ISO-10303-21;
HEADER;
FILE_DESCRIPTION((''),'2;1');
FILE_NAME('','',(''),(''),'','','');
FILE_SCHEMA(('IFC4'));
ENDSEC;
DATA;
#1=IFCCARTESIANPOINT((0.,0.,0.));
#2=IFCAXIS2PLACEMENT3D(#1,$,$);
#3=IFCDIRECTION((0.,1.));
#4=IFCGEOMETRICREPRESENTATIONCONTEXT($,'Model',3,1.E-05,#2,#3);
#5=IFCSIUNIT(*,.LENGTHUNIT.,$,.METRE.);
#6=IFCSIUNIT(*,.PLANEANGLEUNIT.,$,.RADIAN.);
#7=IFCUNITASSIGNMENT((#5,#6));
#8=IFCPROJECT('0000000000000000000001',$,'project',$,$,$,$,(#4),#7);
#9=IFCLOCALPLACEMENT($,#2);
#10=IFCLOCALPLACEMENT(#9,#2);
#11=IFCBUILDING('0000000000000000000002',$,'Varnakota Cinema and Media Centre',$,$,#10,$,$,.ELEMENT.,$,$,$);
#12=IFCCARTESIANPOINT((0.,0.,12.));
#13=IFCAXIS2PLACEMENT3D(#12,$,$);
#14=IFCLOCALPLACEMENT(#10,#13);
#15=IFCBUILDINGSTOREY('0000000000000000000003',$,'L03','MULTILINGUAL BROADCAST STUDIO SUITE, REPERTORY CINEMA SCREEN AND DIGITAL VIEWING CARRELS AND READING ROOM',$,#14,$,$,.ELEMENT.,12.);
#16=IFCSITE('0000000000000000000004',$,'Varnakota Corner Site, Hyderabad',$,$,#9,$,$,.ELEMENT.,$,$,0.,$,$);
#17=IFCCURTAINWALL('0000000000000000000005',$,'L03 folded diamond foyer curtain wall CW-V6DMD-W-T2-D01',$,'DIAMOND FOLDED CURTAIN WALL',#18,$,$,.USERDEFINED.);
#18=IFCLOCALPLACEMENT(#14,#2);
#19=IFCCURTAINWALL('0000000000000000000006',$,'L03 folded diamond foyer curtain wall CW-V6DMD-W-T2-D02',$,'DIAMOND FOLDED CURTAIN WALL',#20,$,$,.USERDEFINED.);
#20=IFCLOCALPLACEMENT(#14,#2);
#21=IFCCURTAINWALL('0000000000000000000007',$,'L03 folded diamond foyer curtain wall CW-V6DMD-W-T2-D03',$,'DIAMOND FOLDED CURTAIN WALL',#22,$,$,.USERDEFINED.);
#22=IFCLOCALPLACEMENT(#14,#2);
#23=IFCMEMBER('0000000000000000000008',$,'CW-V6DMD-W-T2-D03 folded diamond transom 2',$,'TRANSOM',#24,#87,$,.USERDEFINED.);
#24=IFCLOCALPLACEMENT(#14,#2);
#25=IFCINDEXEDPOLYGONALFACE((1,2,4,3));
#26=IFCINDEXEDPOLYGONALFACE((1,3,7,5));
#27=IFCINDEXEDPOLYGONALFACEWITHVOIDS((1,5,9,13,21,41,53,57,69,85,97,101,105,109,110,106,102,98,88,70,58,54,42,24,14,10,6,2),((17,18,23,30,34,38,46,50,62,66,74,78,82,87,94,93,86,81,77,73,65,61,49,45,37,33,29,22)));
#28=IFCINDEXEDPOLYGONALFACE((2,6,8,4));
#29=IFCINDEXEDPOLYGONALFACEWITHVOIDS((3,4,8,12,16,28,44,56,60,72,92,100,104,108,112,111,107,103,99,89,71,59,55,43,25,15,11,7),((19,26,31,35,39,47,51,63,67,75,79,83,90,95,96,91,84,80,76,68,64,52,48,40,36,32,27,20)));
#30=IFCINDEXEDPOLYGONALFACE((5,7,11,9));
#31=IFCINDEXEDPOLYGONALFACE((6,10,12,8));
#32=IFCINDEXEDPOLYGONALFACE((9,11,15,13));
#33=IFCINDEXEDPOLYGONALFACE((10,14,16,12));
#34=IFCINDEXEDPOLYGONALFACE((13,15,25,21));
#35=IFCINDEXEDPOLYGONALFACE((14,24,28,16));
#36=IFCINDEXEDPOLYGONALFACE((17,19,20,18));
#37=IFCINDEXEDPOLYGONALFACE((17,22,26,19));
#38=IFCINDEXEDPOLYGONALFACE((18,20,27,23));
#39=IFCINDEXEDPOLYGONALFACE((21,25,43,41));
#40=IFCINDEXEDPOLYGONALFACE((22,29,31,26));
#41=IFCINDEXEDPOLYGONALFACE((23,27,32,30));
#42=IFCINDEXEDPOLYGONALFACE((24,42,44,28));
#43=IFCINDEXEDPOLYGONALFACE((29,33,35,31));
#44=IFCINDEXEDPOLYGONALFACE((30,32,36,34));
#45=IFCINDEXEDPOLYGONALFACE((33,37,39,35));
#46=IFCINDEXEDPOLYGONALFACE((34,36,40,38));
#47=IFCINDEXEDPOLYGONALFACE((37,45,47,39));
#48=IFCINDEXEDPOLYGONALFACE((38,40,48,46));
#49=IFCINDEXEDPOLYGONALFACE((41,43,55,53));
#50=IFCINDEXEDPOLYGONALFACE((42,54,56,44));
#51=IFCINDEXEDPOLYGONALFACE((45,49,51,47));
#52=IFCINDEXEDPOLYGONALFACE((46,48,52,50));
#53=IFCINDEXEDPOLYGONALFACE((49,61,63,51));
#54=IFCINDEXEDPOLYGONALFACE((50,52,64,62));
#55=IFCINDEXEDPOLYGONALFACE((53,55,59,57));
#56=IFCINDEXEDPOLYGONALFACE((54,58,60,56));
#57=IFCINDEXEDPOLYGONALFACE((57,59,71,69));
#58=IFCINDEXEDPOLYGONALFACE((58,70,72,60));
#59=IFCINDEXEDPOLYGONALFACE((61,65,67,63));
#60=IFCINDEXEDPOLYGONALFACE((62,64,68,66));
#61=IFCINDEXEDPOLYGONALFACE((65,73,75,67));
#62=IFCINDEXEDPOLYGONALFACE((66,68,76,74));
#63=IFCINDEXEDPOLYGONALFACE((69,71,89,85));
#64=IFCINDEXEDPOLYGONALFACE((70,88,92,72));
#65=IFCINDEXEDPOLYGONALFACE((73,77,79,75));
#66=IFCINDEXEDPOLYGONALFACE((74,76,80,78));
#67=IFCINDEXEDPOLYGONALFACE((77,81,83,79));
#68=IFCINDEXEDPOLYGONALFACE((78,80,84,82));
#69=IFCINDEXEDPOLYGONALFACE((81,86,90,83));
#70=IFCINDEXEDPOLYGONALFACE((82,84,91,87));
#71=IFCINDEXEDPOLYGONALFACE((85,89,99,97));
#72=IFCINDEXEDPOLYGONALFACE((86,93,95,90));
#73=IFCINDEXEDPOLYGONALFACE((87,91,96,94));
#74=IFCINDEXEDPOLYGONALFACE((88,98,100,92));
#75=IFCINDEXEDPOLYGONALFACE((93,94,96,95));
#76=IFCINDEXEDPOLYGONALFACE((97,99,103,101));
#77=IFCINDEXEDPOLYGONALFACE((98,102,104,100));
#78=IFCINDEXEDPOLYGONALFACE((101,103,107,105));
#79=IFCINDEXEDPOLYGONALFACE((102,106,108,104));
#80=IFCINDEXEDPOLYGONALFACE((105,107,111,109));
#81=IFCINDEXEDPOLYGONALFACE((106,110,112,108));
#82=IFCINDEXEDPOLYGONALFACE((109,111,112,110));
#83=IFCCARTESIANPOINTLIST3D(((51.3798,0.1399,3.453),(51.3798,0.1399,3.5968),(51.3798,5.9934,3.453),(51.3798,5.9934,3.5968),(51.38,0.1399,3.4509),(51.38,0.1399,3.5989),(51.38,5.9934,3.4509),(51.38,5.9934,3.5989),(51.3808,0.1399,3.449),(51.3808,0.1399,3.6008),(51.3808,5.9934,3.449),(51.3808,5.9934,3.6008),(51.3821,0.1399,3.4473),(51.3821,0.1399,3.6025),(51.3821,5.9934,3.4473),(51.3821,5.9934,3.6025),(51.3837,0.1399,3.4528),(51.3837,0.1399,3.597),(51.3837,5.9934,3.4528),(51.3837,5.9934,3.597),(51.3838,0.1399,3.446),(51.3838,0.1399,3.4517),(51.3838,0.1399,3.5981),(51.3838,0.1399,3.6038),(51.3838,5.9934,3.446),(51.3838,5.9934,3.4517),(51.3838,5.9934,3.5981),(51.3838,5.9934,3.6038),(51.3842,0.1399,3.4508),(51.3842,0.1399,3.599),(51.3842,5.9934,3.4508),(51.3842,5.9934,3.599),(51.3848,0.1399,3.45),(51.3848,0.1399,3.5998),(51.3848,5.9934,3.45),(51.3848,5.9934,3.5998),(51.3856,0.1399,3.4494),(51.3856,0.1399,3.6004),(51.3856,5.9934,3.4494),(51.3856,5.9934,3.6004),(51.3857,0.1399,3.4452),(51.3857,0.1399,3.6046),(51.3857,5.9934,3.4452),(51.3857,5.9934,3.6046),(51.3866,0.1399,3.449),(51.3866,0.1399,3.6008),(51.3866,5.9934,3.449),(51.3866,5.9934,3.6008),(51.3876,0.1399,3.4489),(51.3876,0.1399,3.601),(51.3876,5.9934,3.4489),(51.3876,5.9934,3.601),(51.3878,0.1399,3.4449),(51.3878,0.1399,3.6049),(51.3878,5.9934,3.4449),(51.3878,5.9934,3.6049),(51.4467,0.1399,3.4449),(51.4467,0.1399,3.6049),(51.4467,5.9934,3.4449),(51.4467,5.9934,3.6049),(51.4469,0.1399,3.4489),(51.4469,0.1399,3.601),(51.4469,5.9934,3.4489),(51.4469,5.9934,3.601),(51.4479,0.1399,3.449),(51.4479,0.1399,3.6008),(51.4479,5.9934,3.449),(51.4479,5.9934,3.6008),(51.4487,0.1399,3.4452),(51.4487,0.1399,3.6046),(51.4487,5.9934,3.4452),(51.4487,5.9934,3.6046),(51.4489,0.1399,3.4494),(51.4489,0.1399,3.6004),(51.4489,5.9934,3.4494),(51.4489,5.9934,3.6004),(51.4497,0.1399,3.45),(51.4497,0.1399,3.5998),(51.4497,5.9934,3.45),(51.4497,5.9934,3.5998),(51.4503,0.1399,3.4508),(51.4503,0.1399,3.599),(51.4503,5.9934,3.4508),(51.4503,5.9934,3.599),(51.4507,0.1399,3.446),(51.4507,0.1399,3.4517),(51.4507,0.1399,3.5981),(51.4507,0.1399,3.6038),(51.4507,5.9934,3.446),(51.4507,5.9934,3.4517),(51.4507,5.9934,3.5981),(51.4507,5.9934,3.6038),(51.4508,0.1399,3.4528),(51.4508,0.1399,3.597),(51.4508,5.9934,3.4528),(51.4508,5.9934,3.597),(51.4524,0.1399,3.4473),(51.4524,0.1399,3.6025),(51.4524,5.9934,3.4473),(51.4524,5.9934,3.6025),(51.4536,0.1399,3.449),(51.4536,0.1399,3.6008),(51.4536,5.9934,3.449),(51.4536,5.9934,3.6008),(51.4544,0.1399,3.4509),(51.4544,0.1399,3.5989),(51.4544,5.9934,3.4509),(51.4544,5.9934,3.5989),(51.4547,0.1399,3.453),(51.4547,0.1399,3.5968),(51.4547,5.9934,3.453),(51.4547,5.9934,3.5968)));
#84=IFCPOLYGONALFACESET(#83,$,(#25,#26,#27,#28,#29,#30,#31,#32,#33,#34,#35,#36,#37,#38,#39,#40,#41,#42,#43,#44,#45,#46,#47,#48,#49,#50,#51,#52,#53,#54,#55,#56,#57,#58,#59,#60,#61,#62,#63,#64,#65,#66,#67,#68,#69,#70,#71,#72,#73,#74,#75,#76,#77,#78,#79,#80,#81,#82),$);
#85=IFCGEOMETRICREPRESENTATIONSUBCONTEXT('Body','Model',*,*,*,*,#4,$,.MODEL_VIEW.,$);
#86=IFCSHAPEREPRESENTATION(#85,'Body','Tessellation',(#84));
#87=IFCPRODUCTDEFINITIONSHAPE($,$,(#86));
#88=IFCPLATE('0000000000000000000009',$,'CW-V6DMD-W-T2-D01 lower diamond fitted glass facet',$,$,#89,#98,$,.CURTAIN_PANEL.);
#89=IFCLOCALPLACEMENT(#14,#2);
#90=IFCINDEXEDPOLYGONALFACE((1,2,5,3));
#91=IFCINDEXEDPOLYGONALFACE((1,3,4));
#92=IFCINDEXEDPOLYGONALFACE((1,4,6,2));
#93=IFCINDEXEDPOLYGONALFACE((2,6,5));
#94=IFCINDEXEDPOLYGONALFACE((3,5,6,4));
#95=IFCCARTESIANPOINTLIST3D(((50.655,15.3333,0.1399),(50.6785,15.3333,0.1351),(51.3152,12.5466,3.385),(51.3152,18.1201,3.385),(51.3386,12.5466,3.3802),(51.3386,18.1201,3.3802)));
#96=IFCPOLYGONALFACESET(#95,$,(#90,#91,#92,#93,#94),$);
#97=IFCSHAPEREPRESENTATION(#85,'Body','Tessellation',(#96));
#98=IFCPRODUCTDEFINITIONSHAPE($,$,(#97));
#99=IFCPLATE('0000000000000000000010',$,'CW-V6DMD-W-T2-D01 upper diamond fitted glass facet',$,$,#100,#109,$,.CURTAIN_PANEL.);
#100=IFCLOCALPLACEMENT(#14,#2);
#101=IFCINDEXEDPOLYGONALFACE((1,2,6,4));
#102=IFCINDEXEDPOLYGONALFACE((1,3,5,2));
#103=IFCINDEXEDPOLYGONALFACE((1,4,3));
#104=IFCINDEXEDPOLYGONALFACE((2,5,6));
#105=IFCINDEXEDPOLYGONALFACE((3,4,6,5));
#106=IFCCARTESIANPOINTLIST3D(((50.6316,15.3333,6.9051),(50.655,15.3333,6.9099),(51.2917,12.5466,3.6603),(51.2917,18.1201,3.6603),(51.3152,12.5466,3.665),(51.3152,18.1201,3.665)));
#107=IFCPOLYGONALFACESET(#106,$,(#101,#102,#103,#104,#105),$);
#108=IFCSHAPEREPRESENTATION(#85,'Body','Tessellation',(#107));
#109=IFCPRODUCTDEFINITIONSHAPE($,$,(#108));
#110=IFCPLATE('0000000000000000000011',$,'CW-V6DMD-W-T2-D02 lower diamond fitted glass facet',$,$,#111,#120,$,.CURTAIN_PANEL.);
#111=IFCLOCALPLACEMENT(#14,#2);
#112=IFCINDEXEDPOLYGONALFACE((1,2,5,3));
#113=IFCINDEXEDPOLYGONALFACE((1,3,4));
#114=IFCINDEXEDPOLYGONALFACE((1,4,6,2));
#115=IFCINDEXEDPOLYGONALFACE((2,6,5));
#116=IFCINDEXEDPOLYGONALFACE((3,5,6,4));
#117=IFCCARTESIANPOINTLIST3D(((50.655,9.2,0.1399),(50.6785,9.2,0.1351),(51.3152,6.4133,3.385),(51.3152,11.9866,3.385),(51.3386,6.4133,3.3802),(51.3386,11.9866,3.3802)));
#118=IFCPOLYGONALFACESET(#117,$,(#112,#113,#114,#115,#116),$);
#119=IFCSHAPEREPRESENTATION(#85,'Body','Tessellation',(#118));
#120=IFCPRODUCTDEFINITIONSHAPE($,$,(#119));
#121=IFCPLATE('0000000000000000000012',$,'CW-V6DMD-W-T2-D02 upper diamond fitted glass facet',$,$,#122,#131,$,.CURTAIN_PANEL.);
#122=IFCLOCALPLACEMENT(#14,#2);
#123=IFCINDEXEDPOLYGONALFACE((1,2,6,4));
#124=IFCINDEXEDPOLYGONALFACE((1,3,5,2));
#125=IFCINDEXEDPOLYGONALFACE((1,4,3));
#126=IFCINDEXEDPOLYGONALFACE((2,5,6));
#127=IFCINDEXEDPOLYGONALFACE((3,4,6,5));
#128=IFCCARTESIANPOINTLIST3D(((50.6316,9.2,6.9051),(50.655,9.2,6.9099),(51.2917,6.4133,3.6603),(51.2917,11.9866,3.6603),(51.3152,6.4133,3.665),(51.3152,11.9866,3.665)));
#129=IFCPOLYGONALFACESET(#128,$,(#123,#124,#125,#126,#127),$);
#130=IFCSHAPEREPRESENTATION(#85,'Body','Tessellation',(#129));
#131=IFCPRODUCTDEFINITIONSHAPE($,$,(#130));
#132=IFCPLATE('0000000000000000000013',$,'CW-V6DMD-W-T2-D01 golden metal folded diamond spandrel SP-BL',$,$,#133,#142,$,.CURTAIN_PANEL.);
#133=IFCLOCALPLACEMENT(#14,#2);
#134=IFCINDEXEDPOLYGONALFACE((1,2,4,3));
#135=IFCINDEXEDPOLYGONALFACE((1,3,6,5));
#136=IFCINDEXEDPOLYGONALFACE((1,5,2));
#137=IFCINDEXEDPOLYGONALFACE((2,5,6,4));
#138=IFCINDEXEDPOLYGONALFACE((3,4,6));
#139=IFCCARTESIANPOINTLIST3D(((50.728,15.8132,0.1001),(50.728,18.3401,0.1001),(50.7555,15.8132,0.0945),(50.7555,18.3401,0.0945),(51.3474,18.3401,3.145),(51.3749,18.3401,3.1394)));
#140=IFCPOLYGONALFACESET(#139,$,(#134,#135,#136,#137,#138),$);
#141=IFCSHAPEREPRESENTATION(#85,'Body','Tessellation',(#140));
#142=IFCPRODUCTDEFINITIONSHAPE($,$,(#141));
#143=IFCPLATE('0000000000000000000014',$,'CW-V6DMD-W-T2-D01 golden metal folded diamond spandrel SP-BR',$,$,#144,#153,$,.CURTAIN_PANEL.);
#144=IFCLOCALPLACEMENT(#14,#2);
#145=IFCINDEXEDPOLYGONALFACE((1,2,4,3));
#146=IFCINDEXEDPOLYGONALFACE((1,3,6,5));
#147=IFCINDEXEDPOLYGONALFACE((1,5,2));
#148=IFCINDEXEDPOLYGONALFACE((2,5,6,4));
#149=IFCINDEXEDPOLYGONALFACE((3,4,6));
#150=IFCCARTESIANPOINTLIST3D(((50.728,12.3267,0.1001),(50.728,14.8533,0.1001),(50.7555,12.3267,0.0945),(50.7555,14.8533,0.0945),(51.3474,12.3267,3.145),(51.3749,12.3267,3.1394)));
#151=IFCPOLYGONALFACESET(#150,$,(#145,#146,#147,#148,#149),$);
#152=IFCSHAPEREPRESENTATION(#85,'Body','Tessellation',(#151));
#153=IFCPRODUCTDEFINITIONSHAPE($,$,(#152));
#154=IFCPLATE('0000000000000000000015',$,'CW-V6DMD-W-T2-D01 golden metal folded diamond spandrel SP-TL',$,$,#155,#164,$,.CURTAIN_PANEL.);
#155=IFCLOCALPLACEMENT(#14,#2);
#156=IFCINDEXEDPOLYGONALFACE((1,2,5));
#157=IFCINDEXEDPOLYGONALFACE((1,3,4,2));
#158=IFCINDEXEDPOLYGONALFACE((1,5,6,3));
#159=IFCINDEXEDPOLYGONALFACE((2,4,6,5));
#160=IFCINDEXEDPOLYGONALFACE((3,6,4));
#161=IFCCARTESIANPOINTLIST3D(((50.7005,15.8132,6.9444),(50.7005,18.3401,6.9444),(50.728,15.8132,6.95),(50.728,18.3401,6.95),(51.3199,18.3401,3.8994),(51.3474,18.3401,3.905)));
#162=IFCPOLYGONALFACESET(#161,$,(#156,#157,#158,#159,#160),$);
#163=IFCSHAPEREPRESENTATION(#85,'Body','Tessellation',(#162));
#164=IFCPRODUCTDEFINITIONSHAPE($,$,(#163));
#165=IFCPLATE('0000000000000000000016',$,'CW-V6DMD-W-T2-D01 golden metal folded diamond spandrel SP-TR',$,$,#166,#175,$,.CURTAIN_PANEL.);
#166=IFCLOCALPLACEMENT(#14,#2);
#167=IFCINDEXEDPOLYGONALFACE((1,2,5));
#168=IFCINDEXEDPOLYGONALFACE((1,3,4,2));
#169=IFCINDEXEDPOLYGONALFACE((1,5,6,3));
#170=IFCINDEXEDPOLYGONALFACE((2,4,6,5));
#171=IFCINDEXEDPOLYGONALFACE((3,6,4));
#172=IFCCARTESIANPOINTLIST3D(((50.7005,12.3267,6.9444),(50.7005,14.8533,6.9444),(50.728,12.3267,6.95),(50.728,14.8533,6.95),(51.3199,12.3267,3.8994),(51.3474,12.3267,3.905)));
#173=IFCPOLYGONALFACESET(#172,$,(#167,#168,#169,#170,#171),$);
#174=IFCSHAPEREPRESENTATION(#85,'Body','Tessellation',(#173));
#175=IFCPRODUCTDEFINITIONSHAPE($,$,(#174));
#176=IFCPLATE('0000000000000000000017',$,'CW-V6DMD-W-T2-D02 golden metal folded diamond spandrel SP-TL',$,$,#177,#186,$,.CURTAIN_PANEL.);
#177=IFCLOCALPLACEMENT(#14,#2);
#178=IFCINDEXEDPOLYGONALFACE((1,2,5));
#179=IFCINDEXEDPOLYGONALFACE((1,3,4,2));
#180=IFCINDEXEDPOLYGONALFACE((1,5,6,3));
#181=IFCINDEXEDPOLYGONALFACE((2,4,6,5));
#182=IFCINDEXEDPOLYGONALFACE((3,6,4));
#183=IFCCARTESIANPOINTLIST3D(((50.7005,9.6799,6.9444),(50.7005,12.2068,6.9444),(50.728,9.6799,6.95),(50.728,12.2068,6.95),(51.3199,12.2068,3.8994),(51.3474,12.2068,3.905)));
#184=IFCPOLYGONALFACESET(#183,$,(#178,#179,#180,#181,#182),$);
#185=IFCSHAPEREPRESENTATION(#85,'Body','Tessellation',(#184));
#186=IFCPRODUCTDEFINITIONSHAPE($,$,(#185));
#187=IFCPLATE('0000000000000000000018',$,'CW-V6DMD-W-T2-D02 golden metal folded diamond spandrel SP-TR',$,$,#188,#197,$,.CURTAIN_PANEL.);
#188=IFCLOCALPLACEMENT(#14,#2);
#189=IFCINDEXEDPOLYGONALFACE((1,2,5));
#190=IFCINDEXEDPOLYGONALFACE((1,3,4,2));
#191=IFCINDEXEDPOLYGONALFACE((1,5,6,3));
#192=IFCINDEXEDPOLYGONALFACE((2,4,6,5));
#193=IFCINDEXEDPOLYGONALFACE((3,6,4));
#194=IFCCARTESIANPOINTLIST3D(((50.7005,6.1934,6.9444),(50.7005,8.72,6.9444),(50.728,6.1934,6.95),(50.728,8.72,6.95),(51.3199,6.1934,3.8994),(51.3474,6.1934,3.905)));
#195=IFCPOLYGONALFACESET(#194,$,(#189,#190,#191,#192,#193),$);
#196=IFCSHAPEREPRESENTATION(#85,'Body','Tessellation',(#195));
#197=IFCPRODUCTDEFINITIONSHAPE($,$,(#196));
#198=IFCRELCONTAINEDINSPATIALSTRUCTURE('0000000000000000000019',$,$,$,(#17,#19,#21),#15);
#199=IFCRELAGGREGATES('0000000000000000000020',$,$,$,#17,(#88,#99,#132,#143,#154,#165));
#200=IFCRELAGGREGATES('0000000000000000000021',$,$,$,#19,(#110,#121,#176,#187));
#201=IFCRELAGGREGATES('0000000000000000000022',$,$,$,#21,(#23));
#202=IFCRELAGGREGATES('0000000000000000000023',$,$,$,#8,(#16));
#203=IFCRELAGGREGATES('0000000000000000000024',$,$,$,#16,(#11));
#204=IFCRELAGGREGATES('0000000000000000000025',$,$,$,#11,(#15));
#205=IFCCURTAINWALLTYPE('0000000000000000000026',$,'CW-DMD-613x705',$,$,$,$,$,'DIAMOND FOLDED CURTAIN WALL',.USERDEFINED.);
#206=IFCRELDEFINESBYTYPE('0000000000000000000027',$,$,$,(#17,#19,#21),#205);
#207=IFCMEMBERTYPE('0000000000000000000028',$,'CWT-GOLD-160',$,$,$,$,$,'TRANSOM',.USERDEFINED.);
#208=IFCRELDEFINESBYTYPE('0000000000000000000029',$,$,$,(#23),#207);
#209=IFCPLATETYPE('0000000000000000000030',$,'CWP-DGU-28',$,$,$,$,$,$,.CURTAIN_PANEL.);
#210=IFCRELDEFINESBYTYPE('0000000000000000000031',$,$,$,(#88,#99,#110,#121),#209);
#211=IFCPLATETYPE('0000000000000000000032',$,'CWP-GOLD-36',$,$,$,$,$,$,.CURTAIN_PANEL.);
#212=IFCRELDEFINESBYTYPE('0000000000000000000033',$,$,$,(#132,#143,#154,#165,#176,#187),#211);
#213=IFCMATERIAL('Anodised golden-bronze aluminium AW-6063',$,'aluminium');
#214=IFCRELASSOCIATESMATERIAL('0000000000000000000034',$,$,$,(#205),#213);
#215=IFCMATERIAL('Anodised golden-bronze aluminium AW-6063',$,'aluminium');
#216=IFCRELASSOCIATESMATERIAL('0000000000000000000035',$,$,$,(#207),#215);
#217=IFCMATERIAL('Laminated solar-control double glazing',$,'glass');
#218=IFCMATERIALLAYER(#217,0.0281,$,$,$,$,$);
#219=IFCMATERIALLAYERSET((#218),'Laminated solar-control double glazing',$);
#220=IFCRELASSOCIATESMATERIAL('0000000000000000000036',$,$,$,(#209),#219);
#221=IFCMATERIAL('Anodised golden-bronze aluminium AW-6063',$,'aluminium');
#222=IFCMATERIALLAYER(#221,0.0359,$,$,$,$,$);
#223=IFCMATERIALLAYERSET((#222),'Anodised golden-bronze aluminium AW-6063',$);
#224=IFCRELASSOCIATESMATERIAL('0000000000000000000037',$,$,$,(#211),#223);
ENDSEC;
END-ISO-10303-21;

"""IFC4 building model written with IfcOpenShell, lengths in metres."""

from ifc_helpers import new_model, si_unit, direction, frame, origin, origin_2d, place, context, subcontext, project, spatial, polyline, hollow_rectangle, outline, extrude, material, layer, layer_set, material_profile, profile_set, type_object, element, aggregate, save


model = new_model("IFC4")

# Units and contexts
model_context = context("Model", 3, precision=1e-05, world=origin(), true_north=direction((0.0, 1.0)))
body_context = subcontext(model_context, "Body", "Model", "MODEL_VIEW")
ifc_project = project(units=[si_unit("LENGTHUNIT", "METRE"), si_unit("PLANEANGLEUNIT", "RADIAN")], contexts=[model_context])

# Site, building, storey
site_placement = place(None, origin())
site = spatial("IfcSite", under=ifc_project, at=site_placement, Name="Varnakota Corner Site, Hyderabad", CompositionType="ELEMENT", RefElevation=0.0)
building_placement = place(site_placement, origin())
building = spatial("IfcBuilding", under=site, at=building_placement, Name="Varnakota Cinema and Media Centre", CompositionType="ELEMENT")
storey_placement = place(building_placement, frame((0.0, 0.0, 12.0)))
storey = spatial("IfcBuildingStorey", under=building, at=storey_placement, Name="L03", Description="MULTILINGUAL BROADCAST STUDIO SUITE, REPERTORY CINEMA SCREEN AND DIGITAL VIEWING CARRELS AND READING ROOM", CompositionType="ELEMENT", Elevation=12.0)

# Curtain walls
ifc_material_1 = material(Name="Anodised golden-bronze aluminium AW-6063", Category="aluminium")
curtain_wall_type = type_object("IfcCurtainWallType", Name="CW-DMD-613x705", ElementType="DIAMOND FOLDED CURTAIN WALL", PredefinedType="USERDEFINED", material=ifc_material_1)
curtain_wall_1_placement = place(storey_placement, origin())
curtain_wall_1 = element("IfcCurtainWall", 1, at=curtain_wall_1_placement, inside=storey, type_object=curtain_wall_type, Name="L03 folded diamond foyer curtain wall CW-V6DMD-W-T2-D01", ObjectType="DIAMOND FOLDED CURTAIN WALL", PredefinedType="USERDEFINED")
curtain_wall_2_placement = place(storey_placement, origin())
curtain_wall_2 = element("IfcCurtainWall", 2, at=curtain_wall_2_placement, inside=storey, type_object=curtain_wall_type, Name="L03 folded diamond foyer curtain wall CW-V6DMD-W-T2-D02", ObjectType="DIAMOND FOLDED CURTAIN WALL", PredefinedType="USERDEFINED")

# Curtain wall
curtain_wall_3_placement = place(storey_placement, origin())
curtain_wall_3 = element("IfcCurtainWall", 3, at=curtain_wall_3_placement, inside=storey, type_object=curtain_wall_type, Name="L03 folded diamond foyer curtain wall CW-V6DMD-W-T2-D03", ObjectType="DIAMOND FOLDED CURTAIN WALL", PredefinedType="USERDEFINED")

# Member
ifc_material_2 = material(Name="Anodised golden-bronze aluminium AW-6063", Category="aluminium")
ifc_material_profile_1 = material_profile(ifc_material_2, hollow_rectangle(XDim=0.075, YDim=0.1599, WallThickness=0.0039, InnerFilletRadius=0.0039, OuterFilletRadius=0.0081, at=origin_2d()), Name="AL-TRANSOM 160x75x4")
ifc_profile_set_1 = profile_set([ifc_material_profile_1], Name="Anodised golden-bronze aluminium AW-6063")
member_type_1 = type_object("IfcMemberType", Name="CWT-GOLD-160", ElementType="TRANSOM", PredefinedType="USERDEFINED", material=ifc_profile_set_1)
member_1_placement = place(storey_placement, frame((51.4172, 5.9934, 3.5249), z_axis=(0.0, -1.0, 0.0), x_axis=(1.0, 0.0, 0.0)))
member_1 = element("IfcMember", 4, at=member_1_placement, type_object=member_type_1, Name="CW-V6DMD-W-T2-D03 folded diamond transom 2", ObjectType="TRANSOM", PredefinedType="USERDEFINED", context=body_context, shape_type="SweptSolid", body=[
    extrude(hollow_rectangle(XDim=0.075, YDim=0.1599, WallThickness=0.0039, InnerFilletRadius=0.0039, OuterFilletRadius=0.0081, at=origin_2d()), origin(), (0.0, 0.0, 1.0), 5.8535),
])

# Plates
ifc_material_3 = material(Name="Laminated solar-control double glazing", Category="glass")
ifc_layer_1 = layer(ifc_material_3, 0.0281)
ifc_layer_set_1 = layer_set([ifc_layer_1], Name="Laminated solar-control double glazing")
plate_type_1 = type_object("IfcPlateType", Name="CWP-DGU-28", PredefinedType="CURTAIN_PANEL", material=ifc_layer_set_1)
plate_1_placement = place(storey_placement, frame((51.3152, 18.1201, 3.385), z_axis=(-0.979929, 0.0, 0.199348), x_axis=(-0.152525, -0.643887, -0.749763)))
plate_1 = element("IfcPlate", 5, at=plate_1_placement, type_object=plate_type_1, Name="CW-V6DMD-W-T2-D01 lower diamond fitted glass facet", PredefinedType="CURTAIN_PANEL", context=body_context, shape_type="SweptSolid", body=[
    extrude(outline(polyline([(0.0, 0.0), (4.3282, 0.0), (3.5887, 4.2644), (0.0, 0.0)])), origin(), (0.0, 0.0, -1.0), 0.0239),
])
plate_2_placement = place(storey_placement, frame((51.3152, 18.1201, 3.665), z_axis=(0.979926, 0.0, 0.199362), x_axis=(0.0, -1.0, 0.0)))
plate_2 = element("IfcPlate", 6, at=plate_2_placement, type_object=plate_type_1, Name="CW-V6DMD-W-T2-D01 upper diamond fitted glass facet", PredefinedType="CURTAIN_PANEL", context=body_context, shape_type="SweptSolid", body=[
    extrude(outline(polyline([(0.0, 0.0), (5.5735, 0.0), (2.7869, -3.3113), (0.0, 0.0)])), origin(), (0.0, 0.0, -1.0), 0.0239),
])
plate_3_placement = place(storey_placement, frame((51.3152, 11.9866, 3.385), z_axis=(-0.979929, 0.0, 0.199348), x_axis=(-0.15253, -0.643854, -0.749791)))
plate_3 = element("IfcPlate", 7, at=plate_3_placement, type_object=plate_type_1, Name="CW-V6DMD-W-T2-D02 lower diamond fitted glass facet", PredefinedType="CURTAIN_PANEL", context=body_context, shape_type="SweptSolid", body=[
    extrude(outline(polyline([(0.0, 0.0), (4.328, 0.0), (3.5884, 4.2644), (0.0, 0.0)])), origin(), (0.0, 0.0, -1.0), 0.0239),
])
plate_4_placement = place(storey_placement, frame((51.3152, 11.9866, 3.665), z_axis=(0.979926, 0.0, 0.199362), x_axis=(0.0, -1.0, 0.0)))
plate_4 = element("IfcPlate", 8, at=plate_4_placement, type_object=plate_type_1, Name="CW-V6DMD-W-T2-D02 upper diamond fitted glass facet", PredefinedType="CURTAIN_PANEL", context=body_context, shape_type="SweptSolid", body=[
    extrude(outline(polyline([(0.0, 0.0), (5.5732, 0.0), (2.7866, -3.3113), (0.0, 0.0)])), origin(), (0.0, 0.0, -1.0), 0.0239),
])
ifc_material_4 = material(Name="Anodised golden-bronze aluminium AW-6063", Category="aluminium")
ifc_layer_2 = layer(ifc_material_4, 0.0359)
ifc_layer_set_2 = layer_set([ifc_layer_2], Name="Anodised golden-bronze aluminium AW-6063")
plate_type_2 = type_object("IfcPlateType", Name="CWP-GOLD-36", PredefinedType="CURTAIN_PANEL", material=ifc_layer_set_2)
plate_5_placement = place(storey_placement, frame((50.728, 18.3401, 0.1001), z_axis=(-0.979932, 0.0, 0.199333), x_axis=(0.0, -1.0, 0.0)))
plate_5 = element("IfcPlate", 9, at=plate_5_placement, type_object=plate_type_2, Name="CW-V6DMD-W-T2-D01 golden metal folded diamond spandrel SP-BL", PredefinedType="CURTAIN_PANEL", context=body_context, shape_type="SweptSolid", body=[
    extrude(outline(polyline([(0.0, 0.0), (2.5269, 0.0), (0.0, 3.1073), (0.0, 0.0)])), origin(), (0.0, 0.0, -1.0), 0.0281),
])
plate_6_placement = place(storey_placement, frame((50.728, 14.8533, 0.1001), z_axis=(-0.979932, 0.0, 0.199333), x_axis=(0.0, -1.0, 0.0)))
plate_6 = element("IfcPlate", 10, at=plate_6_placement, type_object=plate_type_2, Name="CW-V6DMD-W-T2-D01 golden metal folded diamond spandrel SP-BR", PredefinedType="CURTAIN_PANEL", context=body_context, shape_type="SweptSolid", body=[
    extrude(outline(polyline([(0.0, 0.0), (2.5266, 0.0), (2.5266, 3.1073), (0.0, 0.0)])), origin(), (0.0, 0.0, -1.0), 0.0281),
])
plate_7_placement = place(storey_placement, frame((51.3474, 18.3401, 3.905), z_axis=(0.979932, 0.0, 0.199333), x_axis=(-0.154652, -0.630922, 0.760276)))
plate_7 = element("IfcPlate", 11, at=plate_7_placement, type_object=plate_type_2, Name="CW-V6DMD-W-T2-D01 golden metal folded diamond spandrel SP-TL", PredefinedType="CURTAIN_PANEL", context=body_context, shape_type="SweptSolid", body=[
    extrude(outline(polyline([(0.0, 0.0), (4.005, 0.0), (2.4108, -1.9605), (0.0, 0.0)])), origin(), (0.0, 0.0, -1.0), 0.0281),
])
plate_8_placement = place(storey_placement, frame((51.3474, 12.3267, 3.905), z_axis=(0.979932, 0.0, 0.199333), x_axis=(-0.199333, 0.0, 0.979932)))
plate_8 = element("IfcPlate", 12, at=plate_8_placement, type_object=plate_type_2, Name="CW-V6DMD-W-T2-D01 golden metal folded diamond spandrel SP-TR", PredefinedType="CURTAIN_PANEL", context=body_context, shape_type="SweptSolid", body=[
    extrude(outline(polyline([(0.0, 0.0), (3.1073, 0.0), (3.1073, -2.5266), (0.0, 0.0)])), origin(), (0.0, 0.0, -1.0), 0.0281),
])
aggregate(curtain_wall_1, [plate_1, plate_2, plate_5, plate_6, plate_7, plate_8])
plate_9_placement = place(storey_placement, frame((51.3474, 12.2068, 3.905), z_axis=(0.979932, 0.0, 0.199333), x_axis=(-0.154652, -0.630922, 0.760276)))
plate_9 = element("IfcPlate", 13, at=plate_9_placement, type_object=plate_type_2, Name="CW-V6DMD-W-T2-D02 golden metal folded diamond spandrel SP-TL", PredefinedType="CURTAIN_PANEL", context=body_context, shape_type="SweptSolid", body=[
    extrude(outline(polyline([(0.0, 0.0), (4.005, 0.0), (2.4108, -1.9605), (0.0, 0.0)])), origin(), (0.0, 0.0, -1.0), 0.0281),
])
plate_10_placement = place(storey_placement, frame((51.3474, 6.1934, 3.905), z_axis=(0.979932, 0.0, 0.199333), x_axis=(-0.199333, 0.0, 0.979932)))
plate_10 = element("IfcPlate", 14, at=plate_10_placement, type_object=plate_type_2, Name="CW-V6DMD-W-T2-D02 golden metal folded diamond spandrel SP-TR", PredefinedType="CURTAIN_PANEL", context=body_context, shape_type="SweptSolid", body=[
    extrude(outline(polyline([(0.0, 0.0), (3.1073, 0.0), (3.1073, -2.5266), (0.0, 0.0)])), origin(), (0.0, 0.0, -1.0), 0.0281),
])
aggregate(curtain_wall_2, [plate_3, plate_4, plate_9, plate_10])
aggregate(curtain_wall_3, [member_1])

save(model, "model.ifc")
